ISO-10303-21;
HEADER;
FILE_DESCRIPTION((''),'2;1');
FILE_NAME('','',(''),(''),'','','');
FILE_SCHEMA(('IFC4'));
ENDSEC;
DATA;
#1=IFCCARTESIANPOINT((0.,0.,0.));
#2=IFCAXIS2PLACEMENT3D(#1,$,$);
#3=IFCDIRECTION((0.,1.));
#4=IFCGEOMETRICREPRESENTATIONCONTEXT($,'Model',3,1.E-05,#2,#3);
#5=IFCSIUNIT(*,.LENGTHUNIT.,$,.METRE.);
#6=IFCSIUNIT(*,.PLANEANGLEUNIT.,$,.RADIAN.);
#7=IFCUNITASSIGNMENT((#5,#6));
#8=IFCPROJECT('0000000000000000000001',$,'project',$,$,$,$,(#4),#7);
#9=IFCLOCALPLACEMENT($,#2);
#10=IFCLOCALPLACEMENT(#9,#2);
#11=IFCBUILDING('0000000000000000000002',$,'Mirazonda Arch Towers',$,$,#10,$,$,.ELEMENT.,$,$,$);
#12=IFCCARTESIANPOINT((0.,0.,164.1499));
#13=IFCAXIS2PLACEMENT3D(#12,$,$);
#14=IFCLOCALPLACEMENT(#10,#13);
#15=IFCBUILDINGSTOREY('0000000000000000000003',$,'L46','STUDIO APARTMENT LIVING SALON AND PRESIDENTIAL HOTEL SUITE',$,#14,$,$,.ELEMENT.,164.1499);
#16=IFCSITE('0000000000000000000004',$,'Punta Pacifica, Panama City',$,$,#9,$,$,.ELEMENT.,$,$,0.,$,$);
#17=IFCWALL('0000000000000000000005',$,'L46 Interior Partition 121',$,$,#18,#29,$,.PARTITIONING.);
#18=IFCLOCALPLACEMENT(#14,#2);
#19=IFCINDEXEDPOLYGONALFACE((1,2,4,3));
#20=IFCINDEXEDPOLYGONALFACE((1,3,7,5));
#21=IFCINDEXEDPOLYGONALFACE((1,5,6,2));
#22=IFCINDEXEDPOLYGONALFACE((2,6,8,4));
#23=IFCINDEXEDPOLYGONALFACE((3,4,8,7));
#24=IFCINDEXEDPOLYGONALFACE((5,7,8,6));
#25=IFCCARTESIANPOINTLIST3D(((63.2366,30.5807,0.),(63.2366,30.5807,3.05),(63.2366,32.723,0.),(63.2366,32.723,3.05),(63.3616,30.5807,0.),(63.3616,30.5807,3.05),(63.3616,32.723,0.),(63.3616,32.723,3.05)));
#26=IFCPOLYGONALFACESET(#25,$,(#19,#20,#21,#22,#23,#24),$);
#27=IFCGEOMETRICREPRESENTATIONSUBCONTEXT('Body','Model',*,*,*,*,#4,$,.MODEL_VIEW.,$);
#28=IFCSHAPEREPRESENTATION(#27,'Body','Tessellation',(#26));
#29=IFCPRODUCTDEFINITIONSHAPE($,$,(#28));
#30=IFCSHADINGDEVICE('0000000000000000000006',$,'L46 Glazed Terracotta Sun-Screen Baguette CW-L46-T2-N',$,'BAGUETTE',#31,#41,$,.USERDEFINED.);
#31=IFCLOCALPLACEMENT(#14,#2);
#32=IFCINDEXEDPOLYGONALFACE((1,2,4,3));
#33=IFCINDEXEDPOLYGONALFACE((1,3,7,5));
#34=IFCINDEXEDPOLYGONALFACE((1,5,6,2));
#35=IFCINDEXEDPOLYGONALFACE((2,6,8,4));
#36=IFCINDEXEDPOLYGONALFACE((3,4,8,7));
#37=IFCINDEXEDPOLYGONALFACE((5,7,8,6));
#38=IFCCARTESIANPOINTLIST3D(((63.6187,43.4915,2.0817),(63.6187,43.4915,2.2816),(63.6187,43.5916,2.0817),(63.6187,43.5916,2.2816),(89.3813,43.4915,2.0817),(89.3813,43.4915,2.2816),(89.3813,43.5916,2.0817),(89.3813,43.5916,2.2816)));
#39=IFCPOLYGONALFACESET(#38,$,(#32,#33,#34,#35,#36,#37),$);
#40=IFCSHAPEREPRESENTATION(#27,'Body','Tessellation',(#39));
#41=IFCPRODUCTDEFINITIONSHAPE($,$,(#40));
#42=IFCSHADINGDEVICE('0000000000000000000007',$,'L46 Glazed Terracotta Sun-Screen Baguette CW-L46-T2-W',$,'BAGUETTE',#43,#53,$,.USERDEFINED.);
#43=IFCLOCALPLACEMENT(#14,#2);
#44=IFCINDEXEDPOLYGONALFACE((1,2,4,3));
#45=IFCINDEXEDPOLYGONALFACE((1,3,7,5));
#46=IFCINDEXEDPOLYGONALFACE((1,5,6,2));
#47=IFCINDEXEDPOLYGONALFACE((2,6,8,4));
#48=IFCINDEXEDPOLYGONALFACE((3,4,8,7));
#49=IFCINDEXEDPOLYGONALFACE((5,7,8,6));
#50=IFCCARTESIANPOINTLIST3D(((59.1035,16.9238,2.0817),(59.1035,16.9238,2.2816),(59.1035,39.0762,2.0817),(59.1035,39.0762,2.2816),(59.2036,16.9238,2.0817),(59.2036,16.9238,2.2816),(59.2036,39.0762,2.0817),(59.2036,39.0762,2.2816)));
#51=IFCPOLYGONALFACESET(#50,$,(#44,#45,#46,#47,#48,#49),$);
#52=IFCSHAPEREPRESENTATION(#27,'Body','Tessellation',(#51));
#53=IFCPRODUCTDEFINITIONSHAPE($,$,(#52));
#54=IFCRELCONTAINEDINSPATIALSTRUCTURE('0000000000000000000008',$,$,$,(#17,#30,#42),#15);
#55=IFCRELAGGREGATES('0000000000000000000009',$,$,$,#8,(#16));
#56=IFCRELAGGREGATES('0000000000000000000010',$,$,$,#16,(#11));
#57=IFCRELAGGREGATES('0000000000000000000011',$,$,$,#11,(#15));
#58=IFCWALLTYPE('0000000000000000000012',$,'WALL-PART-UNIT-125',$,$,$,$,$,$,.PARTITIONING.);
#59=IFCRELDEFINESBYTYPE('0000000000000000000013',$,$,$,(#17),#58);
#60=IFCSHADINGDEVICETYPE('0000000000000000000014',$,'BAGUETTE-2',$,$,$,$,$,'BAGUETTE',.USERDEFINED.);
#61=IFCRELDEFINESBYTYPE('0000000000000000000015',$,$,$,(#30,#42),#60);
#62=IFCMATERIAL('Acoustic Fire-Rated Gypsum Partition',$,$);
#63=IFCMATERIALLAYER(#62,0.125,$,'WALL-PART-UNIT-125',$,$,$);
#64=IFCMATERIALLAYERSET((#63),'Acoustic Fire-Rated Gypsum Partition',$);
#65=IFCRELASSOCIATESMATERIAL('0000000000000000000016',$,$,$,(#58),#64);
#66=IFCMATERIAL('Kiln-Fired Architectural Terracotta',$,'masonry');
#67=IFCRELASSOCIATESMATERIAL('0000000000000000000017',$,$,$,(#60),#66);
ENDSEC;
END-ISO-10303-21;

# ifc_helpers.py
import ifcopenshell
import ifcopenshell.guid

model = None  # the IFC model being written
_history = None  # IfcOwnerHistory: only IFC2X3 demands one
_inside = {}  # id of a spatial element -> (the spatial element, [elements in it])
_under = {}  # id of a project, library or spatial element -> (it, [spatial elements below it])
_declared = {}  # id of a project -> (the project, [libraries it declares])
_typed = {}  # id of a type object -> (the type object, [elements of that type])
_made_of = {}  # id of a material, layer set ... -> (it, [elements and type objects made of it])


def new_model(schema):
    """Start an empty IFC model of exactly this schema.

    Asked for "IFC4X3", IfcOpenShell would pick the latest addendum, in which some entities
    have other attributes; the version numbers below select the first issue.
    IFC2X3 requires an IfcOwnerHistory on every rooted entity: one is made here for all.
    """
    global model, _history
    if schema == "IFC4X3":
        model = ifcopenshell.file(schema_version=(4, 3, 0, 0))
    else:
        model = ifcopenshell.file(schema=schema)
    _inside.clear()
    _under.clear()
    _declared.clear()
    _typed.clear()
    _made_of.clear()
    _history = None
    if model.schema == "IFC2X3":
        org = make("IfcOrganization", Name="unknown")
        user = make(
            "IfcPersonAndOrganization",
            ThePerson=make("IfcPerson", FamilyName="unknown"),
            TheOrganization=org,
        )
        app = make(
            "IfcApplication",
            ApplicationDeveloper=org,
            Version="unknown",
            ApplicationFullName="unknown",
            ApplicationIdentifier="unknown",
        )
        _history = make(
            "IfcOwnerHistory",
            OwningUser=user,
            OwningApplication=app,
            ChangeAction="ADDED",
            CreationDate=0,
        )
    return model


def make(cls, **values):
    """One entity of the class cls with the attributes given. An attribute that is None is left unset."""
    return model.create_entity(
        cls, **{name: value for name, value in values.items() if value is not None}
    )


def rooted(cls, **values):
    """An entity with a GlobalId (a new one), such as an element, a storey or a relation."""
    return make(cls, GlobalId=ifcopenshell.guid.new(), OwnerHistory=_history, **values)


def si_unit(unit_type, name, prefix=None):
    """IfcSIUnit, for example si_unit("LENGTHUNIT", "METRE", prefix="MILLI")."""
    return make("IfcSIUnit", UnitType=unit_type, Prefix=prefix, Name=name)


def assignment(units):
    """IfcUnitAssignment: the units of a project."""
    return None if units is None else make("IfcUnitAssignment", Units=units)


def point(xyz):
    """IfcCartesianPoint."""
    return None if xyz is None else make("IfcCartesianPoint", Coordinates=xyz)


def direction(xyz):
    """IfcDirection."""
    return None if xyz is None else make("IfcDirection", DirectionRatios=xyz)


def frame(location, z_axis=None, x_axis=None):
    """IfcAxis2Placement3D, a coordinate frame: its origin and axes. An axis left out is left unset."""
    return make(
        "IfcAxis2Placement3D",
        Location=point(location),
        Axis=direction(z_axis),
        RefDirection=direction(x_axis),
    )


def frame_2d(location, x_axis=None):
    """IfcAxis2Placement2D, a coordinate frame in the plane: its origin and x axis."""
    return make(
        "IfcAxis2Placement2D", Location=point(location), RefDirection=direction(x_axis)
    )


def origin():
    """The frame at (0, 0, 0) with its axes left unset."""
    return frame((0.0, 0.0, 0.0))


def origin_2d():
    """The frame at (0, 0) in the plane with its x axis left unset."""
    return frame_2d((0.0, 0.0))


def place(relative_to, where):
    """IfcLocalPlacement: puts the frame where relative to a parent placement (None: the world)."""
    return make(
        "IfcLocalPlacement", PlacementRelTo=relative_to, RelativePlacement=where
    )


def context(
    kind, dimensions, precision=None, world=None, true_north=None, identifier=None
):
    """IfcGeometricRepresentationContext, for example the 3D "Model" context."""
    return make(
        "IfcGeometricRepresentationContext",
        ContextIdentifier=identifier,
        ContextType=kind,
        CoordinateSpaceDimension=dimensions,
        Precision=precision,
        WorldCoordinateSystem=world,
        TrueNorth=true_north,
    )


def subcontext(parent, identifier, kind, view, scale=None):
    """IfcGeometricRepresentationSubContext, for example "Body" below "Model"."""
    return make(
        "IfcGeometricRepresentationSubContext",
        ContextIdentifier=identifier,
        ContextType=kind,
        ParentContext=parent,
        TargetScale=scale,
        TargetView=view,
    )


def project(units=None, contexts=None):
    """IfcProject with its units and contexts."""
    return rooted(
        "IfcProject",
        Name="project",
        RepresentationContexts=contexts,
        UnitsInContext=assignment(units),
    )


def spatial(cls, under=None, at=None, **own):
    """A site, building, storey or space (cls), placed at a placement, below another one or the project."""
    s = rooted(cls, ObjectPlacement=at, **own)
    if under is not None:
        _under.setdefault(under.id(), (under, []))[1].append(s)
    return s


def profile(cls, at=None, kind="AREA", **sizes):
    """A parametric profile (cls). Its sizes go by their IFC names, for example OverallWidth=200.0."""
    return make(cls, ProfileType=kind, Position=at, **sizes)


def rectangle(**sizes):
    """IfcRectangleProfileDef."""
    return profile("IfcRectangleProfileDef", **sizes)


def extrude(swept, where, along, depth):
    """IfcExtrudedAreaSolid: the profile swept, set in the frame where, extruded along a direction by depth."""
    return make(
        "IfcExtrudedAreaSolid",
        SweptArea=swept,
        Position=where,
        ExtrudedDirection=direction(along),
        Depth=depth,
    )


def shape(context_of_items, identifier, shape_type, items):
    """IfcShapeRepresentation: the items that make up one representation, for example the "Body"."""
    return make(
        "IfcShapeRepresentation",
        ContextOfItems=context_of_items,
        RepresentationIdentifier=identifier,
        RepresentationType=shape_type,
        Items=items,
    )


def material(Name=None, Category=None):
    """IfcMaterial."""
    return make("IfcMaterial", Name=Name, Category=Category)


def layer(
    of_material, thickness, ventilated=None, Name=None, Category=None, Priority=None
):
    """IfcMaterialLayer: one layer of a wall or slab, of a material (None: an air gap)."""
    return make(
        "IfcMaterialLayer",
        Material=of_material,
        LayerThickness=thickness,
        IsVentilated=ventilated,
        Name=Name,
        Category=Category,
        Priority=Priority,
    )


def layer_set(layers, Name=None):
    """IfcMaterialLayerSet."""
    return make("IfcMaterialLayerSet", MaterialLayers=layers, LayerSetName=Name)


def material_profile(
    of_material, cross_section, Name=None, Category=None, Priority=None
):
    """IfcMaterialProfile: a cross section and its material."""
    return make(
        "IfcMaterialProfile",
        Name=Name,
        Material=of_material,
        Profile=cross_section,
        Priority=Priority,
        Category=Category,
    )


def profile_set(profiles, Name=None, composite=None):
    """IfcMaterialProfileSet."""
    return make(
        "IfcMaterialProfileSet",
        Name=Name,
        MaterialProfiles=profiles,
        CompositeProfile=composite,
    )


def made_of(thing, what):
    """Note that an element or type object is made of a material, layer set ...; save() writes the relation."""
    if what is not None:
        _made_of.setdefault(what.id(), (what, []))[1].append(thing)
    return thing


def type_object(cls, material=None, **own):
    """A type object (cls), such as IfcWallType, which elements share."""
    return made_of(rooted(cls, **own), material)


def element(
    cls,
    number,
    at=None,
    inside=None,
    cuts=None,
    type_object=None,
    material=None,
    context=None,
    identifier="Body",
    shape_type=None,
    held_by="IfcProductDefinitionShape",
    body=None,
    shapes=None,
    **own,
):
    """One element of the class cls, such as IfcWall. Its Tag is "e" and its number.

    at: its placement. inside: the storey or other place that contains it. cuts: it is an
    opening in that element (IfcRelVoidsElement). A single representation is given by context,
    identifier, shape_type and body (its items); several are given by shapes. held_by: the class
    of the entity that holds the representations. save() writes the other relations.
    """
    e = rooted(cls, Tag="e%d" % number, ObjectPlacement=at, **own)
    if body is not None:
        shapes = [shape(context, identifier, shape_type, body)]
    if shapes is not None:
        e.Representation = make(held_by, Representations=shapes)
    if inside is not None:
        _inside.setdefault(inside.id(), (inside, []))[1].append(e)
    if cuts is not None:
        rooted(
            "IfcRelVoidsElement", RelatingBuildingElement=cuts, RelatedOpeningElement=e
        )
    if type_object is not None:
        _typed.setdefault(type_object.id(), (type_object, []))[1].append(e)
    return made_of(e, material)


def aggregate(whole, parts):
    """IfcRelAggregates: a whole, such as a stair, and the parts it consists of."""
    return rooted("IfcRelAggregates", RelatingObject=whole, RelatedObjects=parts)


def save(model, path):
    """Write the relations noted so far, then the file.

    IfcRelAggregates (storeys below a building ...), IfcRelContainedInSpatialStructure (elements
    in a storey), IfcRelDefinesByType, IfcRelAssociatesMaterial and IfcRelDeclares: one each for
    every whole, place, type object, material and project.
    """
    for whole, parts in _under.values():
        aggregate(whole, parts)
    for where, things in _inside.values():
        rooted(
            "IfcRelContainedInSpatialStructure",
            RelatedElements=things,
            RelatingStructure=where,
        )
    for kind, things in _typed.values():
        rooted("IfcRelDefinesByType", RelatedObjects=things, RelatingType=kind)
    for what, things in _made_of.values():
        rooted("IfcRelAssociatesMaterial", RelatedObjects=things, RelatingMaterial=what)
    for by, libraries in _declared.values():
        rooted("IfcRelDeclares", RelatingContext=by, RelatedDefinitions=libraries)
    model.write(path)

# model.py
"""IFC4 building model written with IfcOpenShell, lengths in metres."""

from ifc_helpers import new_model, si_unit, direction, frame, frame_2d, origin, origin_2d, place, context, subcontext, project, spatial, rectangle, extrude, material, layer, layer_set, material_profile, profile_set, type_object, element, save


model = new_model("IFC4")

# Units and contexts
model_context = context("Model", 3, precision=1e-05, world=origin(), true_north=direction((0.0, 1.0)))
body_context = subcontext(model_context, "Body", "Model", "MODEL_VIEW")
ifc_project = project(units=[si_unit("LENGTHUNIT", "METRE"), si_unit("PLANEANGLEUNIT", "RADIAN")], contexts=[model_context])

# Site, building, storey
site_placement = place(None, origin())
site = spatial("IfcSite", under=ifc_project, at=site_placement, Name="Punta Pacifica, Panama City", CompositionType="ELEMENT", RefElevation=0.0)
building_placement = place(site_placement, origin())
building = spatial("IfcBuilding", under=site, at=building_placement, Name="Mirazonda Arch Towers", CompositionType="ELEMENT")
storey_placement = place(building_placement, frame((0.0, 0.0, 164.1499)))
storey = spatial("IfcBuildingStorey", under=building, at=storey_placement, Name="L46", Description="STUDIO APARTMENT LIVING SALON AND PRESIDENTIAL HOTEL SUITE", CompositionType="ELEMENT", Elevation=164.1499)

# Wall
ifc_material_1 = material(Name="Acoustic Fire-Rated Gypsum Partition")
ifc_layer_1 = layer(ifc_material_1, 0.125, Name="WALL-PART-UNIT-125")
ifc_layer_set_1 = layer_set([ifc_layer_1], Name="Acoustic Fire-Rated Gypsum Partition")
wall_type_1 = type_object("IfcWallType", Name="WALL-PART-UNIT-125", PredefinedType="PARTITIONING", material=ifc_layer_set_1)
wall_1_placement = place(storey_placement, frame((63.2991, 30.5806, 0.0), z_axis=(0.0, 0.0, 1.0), x_axis=(0.0, 1.0, 0.0)))
element("IfcWall", 1, at=wall_1_placement, inside=storey, type_object=wall_type_1, Name="L46 Interior Partition 121", PredefinedType="PARTITIONING", context=body_context, shape_type="SweptSolid", body=[
    extrude(rectangle(XDim=2.1423, YDim=0.125, at=frame_2d((1.0713, 0.0))), origin(), (0.0, 0.0, 1.0), 3.05),
])

# Shading devices
ifc_material_2 = material(Name="Kiln-Fired Architectural Terracotta", Category="masonry")
ifc_material_profile_1 = material_profile(ifc_material_2, rectangle(XDim=0.1001, YDim=0.2, at=origin_2d()), Name="TERRA-BAG-100x200")
ifc_profile_set_1 = profile_set([ifc_material_profile_1], Name="Kiln-Fired Architectural Terracotta")
shading_device_type = type_object("IfcShadingDeviceType", Name="BAGUETTE-2", ElementType="BAGUETTE", PredefinedType="USERDEFINED", material=ifc_profile_set_1)
shading_device_1_placement = place(storey_placement, frame((63.6187, 43.5415, 2.1816), z_axis=(1.0, 0.0, 0.0), x_axis=(0.0, 1.0, 0.0)))
element("IfcShadingDevice", 2, at=shading_device_1_placement, inside=storey, type_object=shading_device_type, Name="L46 Glazed Terracotta Sun-Screen Baguette CW-L46-T2-N", ObjectType="BAGUETTE", PredefinedType="USERDEFINED", context=body_context, shape_type="SweptSolid", body=[
    extrude(rectangle(XDim=0.1001, YDim=0.2, at=origin_2d()), origin(), (0.0, 0.0, 1.0), 25.7627),
])
shading_device_2_placement = place(storey_placement, frame((59.1536, 39.0762, 2.1816), z_axis=(0.0, -1.0, 0.0), x_axis=(1.0, 0.0, 0.0)))
element("IfcShadingDevice", 3, at=shading_device_2_placement, inside=storey, type_object=shading_device_type, Name="L46 Glazed Terracotta Sun-Screen Baguette CW-L46-T2-W", ObjectType="BAGUETTE", PredefinedType="USERDEFINED", context=body_context, shape_type="SweptSolid", body=[
    extrude(rectangle(XDim=0.1001, YDim=0.2, at=origin_2d()), origin(), (0.0, 0.0, 1.0), 22.1523),
])

save(model, "model.ifc")
